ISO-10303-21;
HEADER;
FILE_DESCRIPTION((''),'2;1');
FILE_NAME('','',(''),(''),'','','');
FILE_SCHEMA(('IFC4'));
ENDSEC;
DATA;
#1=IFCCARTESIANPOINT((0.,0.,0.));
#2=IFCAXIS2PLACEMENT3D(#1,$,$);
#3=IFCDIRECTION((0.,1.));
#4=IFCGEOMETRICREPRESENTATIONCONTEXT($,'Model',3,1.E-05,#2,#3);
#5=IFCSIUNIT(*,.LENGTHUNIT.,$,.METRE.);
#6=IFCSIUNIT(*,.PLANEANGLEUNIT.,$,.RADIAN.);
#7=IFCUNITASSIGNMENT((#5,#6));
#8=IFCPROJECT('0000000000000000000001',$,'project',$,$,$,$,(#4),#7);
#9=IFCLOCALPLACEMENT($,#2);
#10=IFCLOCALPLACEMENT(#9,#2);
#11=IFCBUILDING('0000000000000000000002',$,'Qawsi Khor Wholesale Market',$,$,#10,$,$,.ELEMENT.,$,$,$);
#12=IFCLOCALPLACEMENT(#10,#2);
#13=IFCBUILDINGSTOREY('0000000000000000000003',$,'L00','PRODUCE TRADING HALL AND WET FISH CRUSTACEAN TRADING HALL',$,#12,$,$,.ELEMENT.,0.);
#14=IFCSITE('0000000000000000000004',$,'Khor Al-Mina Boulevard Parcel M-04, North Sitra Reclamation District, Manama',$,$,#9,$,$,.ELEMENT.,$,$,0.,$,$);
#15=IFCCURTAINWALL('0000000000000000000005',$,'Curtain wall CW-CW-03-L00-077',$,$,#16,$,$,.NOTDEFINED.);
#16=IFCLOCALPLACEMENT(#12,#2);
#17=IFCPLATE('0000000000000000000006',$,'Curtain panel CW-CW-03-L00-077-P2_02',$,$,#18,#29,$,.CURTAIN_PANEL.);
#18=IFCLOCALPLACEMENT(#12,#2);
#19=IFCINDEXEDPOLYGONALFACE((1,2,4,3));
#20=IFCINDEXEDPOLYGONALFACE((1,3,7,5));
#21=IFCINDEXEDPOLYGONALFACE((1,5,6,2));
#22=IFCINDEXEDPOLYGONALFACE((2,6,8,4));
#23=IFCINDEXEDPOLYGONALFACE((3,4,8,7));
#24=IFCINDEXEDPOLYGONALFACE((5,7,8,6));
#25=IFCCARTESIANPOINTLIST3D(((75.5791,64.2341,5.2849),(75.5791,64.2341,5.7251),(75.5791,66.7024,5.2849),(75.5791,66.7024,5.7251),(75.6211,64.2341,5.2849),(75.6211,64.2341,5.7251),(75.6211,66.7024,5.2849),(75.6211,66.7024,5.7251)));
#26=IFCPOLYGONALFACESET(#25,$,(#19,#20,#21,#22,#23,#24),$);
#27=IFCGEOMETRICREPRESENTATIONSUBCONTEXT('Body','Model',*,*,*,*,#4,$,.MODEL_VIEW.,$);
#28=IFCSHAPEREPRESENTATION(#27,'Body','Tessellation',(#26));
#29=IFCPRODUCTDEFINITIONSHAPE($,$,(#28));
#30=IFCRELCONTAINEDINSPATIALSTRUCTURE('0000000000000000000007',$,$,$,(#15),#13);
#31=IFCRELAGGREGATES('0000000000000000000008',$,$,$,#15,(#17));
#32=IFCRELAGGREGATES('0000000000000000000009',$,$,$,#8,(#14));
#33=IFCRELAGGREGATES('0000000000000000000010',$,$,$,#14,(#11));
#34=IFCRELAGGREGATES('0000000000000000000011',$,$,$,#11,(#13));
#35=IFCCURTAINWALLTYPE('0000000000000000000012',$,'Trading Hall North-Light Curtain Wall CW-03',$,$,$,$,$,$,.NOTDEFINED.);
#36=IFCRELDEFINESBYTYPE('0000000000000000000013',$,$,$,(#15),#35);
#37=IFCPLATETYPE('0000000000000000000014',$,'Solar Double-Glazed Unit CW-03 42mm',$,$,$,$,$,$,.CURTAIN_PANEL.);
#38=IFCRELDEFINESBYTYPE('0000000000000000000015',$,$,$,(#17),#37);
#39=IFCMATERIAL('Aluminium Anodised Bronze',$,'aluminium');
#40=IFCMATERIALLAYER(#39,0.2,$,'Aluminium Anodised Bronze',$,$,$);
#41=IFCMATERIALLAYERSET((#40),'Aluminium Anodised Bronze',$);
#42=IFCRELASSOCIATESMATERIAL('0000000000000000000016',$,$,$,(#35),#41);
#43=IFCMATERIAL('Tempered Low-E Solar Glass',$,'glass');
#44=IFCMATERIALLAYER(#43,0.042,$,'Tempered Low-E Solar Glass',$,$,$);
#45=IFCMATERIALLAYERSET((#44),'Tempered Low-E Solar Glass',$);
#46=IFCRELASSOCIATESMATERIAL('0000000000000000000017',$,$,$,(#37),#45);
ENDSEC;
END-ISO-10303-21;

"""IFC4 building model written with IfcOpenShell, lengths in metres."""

from ifc_helpers import new_model, si_unit, direction, frame, frame_2d, origin, place, context, subcontext, project, spatial, rectangle, extrude, material, layer, layer_set, type_object, element, aggregate, save


model = new_model("IFC4")

# Units and contexts
model_context = context("Model", 3, precision=1e-05, world=origin(), true_north=direction((0.0, 1.0)))
body_context = subcontext(model_context, "Body", "Model", "MODEL_VIEW")
ifc_project = project(units=[si_unit("LENGTHUNIT", "METRE"), si_unit("PLANEANGLEUNIT", "RADIAN")], contexts=[model_context])

# Site, building, storey
site_placement = place(None, origin())
site = spatial("IfcSite", under=ifc_project, at=site_placement, Name="Khor Al-Mina Boulevard Parcel M-04, North Sitra Reclamation District, Manama", CompositionType="ELEMENT", RefElevation=0.0)
building_placement = place(site_placement, origin())
building = spatial("IfcBuilding", under=site, at=building_placement, Name="Qawsi Khor Wholesale Market", CompositionType="ELEMENT")
storey_placement = place(building_placement, origin())
storey = spatial("IfcBuildingStorey", under=building, at=storey_placement, Name="L00", Description="PRODUCE TRADING HALL AND WET FISH CRUSTACEAN TRADING HALL", CompositionType="ELEMENT", Elevation=0.0)

# Curtain wall
ifc_material_1 = material(Name="Aluminium Anodised Bronze", Category="aluminium")
ifc_layer_1 = layer(ifc_material_1, 0.2, Name="Aluminium Anodised Bronze")
ifc_layer_set_1 = layer_set([ifc_layer_1], Name="Aluminium Anodised Bronze")
curtain_wall_type = type_object("IfcCurtainWallType", Name="Trading Hall North-Light Curtain Wall CW-03", PredefinedType="NOTDEFINED", material=ifc_layer_set_1)
curtain_wall_1_placement = place(storey_placement, origin())
curtain_wall_1 = element("IfcCurtainWall", 1, at=curtain_wall_1_placement, inside=storey, type_object=curtain_wall_type, Name="Curtain wall CW-CW-03-L00-077", PredefinedType="NOTDEFINED")

# Plate
ifc_material_2 = material(Name="Tempered Low-E Solar Glass", Category="glass")
ifc_layer_2 = layer(ifc_material_2, 0.042, Name="Tempered Low-E Solar Glass")
ifc_layer_set_2 = layer_set([ifc_layer_2], Name="Tempered Low-E Solar Glass")
plate_type_1 = type_object("IfcPlateType", Name="Solar Double-Glazed Unit CW-03 42mm", PredefinedType="CURTAIN_PANEL", material=ifc_layer_set_2)
plate_1_placement = place(storey_placement, frame((75.6001, 64.2341, 5.2849), z_axis=(0.0, 0.0, 1.0), x_axis=(0.0, 1.0, 0.0)))
plate_1 = element("IfcPlate", 2, at=plate_1_placement, type_object=plate_type_1, Name="Curtain panel CW-CW-03-L00-077-P2_02", PredefinedType="CURTAIN_PANEL", context=body_context, shape_type="SweptSolid", body=[
    extrude(rectangle(XDim=2.4683, YDim=0.042, at=frame_2d((1.2341, 0.0))), origin(), (0.0, 0.0, 1.0), 0.4402),
])
aggregate(curtain_wall_1, [plate_1])

save(model, "model.ifc")
